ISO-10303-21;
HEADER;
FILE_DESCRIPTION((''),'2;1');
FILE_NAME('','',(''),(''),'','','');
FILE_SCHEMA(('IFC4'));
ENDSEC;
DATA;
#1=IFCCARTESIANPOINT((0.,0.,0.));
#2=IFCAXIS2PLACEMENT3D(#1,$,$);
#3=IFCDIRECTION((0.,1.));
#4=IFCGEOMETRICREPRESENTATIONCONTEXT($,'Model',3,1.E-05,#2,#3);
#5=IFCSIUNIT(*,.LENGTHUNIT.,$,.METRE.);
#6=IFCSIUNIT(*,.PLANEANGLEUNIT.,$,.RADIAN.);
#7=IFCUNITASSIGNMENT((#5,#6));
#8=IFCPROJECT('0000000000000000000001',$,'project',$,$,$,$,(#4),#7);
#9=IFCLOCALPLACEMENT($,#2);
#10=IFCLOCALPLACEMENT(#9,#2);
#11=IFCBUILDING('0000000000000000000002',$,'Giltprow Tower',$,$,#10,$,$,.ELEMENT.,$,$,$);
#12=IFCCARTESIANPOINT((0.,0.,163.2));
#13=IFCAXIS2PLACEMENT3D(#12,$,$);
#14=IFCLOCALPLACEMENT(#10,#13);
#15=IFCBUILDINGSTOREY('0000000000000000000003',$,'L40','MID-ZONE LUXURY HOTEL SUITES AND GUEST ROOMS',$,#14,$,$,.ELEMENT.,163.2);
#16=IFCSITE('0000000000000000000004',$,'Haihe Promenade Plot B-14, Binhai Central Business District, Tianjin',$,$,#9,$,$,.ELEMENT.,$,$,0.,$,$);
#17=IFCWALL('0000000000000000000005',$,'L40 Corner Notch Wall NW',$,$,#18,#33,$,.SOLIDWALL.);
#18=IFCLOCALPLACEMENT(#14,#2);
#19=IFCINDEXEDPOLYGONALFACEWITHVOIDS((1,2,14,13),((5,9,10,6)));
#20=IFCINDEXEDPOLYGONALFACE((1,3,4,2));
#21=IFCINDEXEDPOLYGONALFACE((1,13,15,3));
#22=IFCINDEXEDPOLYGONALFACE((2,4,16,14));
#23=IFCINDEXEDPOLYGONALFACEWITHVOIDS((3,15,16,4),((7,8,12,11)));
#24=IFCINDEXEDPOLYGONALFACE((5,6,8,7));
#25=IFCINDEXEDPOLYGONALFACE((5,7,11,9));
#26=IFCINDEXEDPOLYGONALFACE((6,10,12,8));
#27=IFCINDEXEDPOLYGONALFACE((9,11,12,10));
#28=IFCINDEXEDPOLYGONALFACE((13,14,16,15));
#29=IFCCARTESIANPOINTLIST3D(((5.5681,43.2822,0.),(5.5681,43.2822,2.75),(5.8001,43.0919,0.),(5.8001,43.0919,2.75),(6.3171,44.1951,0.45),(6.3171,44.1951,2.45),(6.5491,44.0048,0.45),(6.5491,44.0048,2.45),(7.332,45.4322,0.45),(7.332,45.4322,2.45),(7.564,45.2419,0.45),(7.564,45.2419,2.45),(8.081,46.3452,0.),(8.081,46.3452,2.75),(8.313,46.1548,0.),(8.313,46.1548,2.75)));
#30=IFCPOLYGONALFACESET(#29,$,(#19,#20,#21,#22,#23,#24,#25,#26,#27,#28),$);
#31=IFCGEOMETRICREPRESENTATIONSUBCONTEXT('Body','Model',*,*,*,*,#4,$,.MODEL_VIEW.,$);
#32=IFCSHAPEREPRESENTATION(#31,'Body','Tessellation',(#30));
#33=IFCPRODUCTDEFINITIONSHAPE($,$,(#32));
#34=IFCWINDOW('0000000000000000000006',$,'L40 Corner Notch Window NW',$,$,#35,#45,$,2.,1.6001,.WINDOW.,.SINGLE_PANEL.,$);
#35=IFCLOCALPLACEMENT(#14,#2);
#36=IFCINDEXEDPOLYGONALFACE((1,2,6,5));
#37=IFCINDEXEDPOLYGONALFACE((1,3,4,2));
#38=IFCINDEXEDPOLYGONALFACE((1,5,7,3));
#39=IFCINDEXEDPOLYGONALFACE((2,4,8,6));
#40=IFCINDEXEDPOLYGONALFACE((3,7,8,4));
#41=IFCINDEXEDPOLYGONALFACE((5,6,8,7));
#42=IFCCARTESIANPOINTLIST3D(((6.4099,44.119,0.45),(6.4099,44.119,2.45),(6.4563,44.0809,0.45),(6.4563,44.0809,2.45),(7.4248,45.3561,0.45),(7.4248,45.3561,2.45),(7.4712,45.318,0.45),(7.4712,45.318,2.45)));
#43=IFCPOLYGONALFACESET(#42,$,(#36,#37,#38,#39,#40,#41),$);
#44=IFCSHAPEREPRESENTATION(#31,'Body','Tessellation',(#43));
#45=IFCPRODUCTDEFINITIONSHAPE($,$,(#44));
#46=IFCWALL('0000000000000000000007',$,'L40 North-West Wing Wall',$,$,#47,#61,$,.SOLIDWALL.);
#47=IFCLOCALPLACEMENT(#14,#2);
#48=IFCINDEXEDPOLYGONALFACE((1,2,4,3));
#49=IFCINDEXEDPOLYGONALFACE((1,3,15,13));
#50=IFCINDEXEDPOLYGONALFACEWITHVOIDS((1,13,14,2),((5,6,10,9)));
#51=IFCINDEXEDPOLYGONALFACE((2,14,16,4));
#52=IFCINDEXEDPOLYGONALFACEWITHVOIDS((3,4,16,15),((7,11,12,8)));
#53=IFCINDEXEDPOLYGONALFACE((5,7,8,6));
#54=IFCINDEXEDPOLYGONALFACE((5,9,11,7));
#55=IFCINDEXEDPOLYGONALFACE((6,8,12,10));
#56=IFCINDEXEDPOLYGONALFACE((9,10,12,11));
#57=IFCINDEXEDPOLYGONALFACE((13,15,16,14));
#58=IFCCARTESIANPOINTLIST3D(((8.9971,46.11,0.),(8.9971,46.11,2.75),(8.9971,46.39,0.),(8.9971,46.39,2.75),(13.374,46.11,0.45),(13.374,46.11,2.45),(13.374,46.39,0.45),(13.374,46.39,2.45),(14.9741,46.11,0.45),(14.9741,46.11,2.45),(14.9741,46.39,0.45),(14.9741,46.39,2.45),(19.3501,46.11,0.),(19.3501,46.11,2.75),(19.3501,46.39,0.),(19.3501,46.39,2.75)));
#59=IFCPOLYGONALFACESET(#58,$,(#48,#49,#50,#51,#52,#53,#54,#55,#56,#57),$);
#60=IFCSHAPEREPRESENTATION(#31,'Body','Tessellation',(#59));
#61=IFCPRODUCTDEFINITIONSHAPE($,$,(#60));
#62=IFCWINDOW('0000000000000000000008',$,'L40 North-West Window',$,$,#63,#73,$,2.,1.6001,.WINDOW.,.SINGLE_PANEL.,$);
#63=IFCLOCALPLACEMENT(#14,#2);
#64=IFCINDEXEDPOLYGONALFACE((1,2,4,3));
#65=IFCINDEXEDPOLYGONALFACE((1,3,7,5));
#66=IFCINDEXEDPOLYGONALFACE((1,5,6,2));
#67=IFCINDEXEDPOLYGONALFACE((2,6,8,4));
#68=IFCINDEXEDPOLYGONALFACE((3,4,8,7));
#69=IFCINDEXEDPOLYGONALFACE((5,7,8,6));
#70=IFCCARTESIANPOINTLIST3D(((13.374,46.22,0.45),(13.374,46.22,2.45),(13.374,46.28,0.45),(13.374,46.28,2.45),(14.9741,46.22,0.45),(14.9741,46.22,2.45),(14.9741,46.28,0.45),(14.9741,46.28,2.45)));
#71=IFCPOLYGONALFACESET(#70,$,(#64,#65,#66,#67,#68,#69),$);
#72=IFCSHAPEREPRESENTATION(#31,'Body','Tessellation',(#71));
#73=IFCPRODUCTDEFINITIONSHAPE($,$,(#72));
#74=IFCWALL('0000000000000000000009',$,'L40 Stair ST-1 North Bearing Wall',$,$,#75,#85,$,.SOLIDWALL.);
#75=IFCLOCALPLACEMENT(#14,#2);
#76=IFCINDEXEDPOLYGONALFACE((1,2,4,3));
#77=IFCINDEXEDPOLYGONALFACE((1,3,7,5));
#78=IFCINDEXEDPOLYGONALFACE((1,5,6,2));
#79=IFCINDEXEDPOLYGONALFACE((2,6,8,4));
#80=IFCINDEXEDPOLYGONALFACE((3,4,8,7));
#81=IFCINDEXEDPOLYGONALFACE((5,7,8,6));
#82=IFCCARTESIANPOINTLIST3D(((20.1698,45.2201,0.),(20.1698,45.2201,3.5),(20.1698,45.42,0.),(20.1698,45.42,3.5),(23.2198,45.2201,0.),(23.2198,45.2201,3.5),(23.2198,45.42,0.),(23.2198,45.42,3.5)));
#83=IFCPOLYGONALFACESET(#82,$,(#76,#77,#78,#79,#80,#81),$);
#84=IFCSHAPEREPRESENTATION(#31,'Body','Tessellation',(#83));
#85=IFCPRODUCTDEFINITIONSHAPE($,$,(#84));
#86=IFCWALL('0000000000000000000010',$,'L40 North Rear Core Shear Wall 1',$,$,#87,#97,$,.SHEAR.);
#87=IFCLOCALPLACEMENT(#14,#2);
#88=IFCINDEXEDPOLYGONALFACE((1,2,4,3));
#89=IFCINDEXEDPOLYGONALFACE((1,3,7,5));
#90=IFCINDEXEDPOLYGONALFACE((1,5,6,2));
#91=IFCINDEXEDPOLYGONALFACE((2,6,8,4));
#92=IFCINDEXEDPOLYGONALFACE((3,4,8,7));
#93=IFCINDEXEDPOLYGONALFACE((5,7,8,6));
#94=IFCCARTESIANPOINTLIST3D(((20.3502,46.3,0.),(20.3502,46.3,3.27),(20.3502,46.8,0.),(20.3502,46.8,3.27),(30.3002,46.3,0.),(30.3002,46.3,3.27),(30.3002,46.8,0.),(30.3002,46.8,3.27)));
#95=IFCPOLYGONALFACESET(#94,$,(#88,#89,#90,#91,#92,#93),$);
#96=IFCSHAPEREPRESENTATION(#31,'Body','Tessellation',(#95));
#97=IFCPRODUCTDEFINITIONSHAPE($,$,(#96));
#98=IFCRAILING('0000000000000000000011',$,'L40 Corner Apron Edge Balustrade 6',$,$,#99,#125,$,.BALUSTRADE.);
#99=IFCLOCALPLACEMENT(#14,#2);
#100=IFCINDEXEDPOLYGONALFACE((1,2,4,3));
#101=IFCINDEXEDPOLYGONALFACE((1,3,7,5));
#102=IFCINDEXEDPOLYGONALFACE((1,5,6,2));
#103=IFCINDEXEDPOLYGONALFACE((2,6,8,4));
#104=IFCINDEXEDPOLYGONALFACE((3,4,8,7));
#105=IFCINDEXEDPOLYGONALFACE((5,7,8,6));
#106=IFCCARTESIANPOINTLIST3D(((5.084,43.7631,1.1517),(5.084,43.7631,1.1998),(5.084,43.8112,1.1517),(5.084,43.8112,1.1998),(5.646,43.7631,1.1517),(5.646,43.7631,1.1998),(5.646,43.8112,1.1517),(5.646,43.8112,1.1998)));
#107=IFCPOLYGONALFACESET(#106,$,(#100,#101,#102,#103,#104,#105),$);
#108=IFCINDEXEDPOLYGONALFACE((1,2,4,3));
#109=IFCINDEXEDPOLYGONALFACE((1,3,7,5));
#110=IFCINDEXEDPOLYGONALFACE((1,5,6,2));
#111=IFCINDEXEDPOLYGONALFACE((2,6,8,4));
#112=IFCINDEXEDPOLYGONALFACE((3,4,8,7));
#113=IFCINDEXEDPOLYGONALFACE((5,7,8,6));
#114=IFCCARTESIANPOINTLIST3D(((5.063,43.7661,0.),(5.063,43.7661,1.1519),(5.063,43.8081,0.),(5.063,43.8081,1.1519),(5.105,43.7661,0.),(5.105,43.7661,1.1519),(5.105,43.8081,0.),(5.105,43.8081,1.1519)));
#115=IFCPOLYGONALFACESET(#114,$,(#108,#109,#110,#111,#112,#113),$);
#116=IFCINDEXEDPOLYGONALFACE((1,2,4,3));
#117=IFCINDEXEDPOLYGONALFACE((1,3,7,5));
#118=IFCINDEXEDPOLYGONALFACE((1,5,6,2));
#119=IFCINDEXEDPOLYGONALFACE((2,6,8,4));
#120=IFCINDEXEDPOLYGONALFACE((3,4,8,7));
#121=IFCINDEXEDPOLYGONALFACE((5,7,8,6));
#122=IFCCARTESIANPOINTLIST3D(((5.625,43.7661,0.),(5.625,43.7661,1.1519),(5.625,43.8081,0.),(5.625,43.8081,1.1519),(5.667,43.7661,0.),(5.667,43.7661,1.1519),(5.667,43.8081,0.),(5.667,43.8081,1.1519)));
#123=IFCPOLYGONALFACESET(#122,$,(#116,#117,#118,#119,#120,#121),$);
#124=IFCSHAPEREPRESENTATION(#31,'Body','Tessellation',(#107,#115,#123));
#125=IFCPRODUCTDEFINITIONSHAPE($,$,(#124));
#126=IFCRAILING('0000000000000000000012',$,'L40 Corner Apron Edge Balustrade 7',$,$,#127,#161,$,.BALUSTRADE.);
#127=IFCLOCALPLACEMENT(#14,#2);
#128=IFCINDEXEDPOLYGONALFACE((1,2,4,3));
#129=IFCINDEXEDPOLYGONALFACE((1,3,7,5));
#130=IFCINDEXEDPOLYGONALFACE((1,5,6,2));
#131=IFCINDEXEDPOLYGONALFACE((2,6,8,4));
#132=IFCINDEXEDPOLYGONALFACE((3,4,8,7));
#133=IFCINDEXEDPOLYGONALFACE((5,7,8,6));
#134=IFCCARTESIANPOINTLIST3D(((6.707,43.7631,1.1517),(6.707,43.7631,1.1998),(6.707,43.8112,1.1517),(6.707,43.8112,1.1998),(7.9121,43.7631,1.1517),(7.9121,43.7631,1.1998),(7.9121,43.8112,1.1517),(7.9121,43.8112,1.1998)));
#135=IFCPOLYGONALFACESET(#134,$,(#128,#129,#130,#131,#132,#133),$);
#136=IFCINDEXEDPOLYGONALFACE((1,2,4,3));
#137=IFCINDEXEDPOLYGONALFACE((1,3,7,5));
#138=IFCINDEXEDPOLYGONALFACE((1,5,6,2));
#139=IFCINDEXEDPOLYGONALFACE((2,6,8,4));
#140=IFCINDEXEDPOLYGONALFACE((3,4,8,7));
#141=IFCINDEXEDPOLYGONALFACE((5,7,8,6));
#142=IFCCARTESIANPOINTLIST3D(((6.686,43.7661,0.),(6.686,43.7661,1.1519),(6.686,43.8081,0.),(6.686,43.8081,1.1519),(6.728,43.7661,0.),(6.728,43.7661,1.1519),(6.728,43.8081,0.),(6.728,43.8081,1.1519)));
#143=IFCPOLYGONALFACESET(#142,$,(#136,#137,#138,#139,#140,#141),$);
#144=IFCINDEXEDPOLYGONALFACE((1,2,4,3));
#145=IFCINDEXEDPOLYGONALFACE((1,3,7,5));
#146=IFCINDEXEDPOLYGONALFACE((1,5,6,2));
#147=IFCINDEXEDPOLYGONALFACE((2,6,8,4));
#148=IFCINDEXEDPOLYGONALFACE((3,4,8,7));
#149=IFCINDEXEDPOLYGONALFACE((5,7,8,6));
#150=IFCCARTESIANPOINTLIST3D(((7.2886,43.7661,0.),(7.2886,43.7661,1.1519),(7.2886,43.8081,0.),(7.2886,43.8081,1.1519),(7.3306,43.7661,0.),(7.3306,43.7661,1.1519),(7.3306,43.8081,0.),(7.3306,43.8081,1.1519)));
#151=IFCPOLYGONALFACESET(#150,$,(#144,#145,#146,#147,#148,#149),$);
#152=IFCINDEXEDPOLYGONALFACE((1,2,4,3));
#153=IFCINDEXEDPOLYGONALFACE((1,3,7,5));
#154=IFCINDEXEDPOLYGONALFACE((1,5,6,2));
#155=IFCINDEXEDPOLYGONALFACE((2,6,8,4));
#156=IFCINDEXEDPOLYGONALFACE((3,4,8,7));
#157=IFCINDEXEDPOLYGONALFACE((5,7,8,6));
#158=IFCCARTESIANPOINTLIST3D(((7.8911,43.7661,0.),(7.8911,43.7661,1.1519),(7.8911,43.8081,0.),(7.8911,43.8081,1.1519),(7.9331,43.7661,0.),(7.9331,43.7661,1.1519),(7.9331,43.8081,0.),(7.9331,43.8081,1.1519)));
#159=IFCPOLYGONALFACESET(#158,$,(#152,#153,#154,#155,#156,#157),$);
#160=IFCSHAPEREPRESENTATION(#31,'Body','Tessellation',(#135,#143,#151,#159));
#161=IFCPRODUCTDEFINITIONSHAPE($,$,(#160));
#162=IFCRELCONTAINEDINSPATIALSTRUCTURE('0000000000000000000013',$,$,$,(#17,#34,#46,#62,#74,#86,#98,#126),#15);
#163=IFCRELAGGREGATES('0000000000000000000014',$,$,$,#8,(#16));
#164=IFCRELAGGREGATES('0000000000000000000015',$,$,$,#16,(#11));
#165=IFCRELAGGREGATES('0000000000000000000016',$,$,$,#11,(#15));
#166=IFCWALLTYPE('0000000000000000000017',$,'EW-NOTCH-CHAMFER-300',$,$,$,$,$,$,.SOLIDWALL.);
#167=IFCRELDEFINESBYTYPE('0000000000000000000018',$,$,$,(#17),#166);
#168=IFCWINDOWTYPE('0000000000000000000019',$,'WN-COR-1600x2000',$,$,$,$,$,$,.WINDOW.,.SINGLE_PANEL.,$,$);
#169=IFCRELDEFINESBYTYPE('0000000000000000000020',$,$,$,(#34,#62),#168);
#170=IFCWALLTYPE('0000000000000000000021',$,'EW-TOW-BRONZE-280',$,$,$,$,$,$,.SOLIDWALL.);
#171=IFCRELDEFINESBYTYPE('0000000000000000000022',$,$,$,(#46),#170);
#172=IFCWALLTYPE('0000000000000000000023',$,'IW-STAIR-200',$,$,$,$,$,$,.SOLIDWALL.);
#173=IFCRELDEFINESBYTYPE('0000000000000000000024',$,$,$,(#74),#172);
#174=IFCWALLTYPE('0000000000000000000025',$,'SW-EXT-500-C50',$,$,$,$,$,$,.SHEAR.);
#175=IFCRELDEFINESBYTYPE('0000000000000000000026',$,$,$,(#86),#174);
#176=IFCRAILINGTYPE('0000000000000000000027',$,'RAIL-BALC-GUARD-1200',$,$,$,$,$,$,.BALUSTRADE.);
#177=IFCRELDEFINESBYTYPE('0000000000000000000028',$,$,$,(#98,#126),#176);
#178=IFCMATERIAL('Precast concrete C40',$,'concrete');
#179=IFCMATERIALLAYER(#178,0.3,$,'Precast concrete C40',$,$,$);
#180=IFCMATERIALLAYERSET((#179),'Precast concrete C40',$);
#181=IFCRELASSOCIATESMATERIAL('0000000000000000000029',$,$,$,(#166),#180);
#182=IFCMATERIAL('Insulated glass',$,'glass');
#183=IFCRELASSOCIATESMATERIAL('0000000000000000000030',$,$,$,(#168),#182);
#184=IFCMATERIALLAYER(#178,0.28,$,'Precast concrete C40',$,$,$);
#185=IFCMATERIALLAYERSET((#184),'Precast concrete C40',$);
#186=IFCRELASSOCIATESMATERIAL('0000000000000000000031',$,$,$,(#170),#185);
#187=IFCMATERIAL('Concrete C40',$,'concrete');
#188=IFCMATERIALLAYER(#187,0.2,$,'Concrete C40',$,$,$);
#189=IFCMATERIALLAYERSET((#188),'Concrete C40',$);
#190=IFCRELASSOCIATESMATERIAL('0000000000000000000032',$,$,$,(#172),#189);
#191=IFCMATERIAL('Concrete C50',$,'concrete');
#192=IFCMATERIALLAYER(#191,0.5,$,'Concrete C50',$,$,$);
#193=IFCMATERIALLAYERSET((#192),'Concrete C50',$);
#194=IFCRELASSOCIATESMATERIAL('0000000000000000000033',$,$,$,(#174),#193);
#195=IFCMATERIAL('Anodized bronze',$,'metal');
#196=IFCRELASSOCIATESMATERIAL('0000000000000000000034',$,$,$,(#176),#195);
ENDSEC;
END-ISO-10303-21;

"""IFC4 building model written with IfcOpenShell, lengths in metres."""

from ifc_helpers import new_model, si_unit, direction, frame, frame_2d, origin, origin_2d, place, context, subcontext, project, spatial, rectangle, extrude, source, transform, mapped, material, layer, layer_set, type_object, element, fill, save


model = new_model("IFC4")

# Units and contexts
model_context = context("Model", 3, precision=1e-05, world=origin(), true_north=direction((0.0, 1.0)))
body_context = subcontext(model_context, "Body", "Model", "MODEL_VIEW")
ifc_project = project(units=[si_unit("LENGTHUNIT", "METRE"), si_unit("PLANEANGLEUNIT", "RADIAN")], contexts=[model_context])

# Site, building, storey
site_placement = place(None, origin())
site = spatial("IfcSite", under=ifc_project, at=site_placement, Name="Haihe Promenade Plot B-14, Binhai Central Business District, Tianjin", CompositionType="ELEMENT", RefElevation=0.0)
building_placement = place(site_placement, origin())
building = spatial("IfcBuilding", under=site, at=building_placement, Name="Giltprow Tower", CompositionType="ELEMENT")
storey_placement = place(building_placement, frame((0.0, 0.0, 163.2)))
storey = spatial("IfcBuildingStorey", under=building, at=storey_placement, Name="L40", Description="MID-ZONE LUXURY HOTEL SUITES AND GUEST ROOMS", CompositionType="ELEMENT", Elevation=163.2)

# Shared definitions
ifc_material_1 = material(Name="Concrete C50", Category="concrete")

# Walls, openings, windows
ifc_material_2 = material(Name="Precast concrete C40", Category="concrete")
ifc_layer_1 = layer(ifc_material_2, 0.3, Name="Precast concrete C40")
ifc_layer_set_1 = layer_set([ifc_layer_1], Name="Precast concrete C40")
wall_type_1 = type_object("IfcWallType", Name="EW-NOTCH-CHAMFER-300", PredefinedType="SOLIDWALL", material=ifc_layer_set_1)
wall_1_placement = place(storey_placement, frame((8.197, 46.25, 0.0), z_axis=(0.0, 0.0, 1.0), x_axis=(-0.634274, -0.773108, 0.0)))
wall_1 = element("IfcWall", 1, at=wall_1_placement, inside=storey, type_object=wall_type_1, Name="L40 Corner Notch Wall NW", PredefinedType="SOLIDWALL", context=body_context, shape_type="SweptSolid", body=[
    extrude(rectangle(XDim=3.9619, YDim=0.3, at=frame_2d((1.981, 0.0))), origin(), (0.0, 0.0, 1.0), 2.75),
])
opening_1_placement = place(wall_1_placement, frame((1.1809, 0.0, 0.45)))
opening_1 = element("IfcOpeningElement", 2, at=opening_1_placement, cuts=wall_1, PredefinedType="OPENING", context=body_context, shape_type="SweptSolid", body=[
    extrude(rectangle(XDim=1.6001, YDim=2.0, at=frame_2d((0.8, 1.0))), frame((0.0, 0.1599, 0.0), z_axis=(0.0, -1.0, 0.0), x_axis=(1.0, 0.0, 0.0)), (0.0, 0.0, 1.0), 0.3201),
])
ifc_material_3 = material(Name="Insulated glass", Category="glass")
window_type = type_object("IfcWindowType", Name="WN-COR-1600x2000", PartitioningType="SINGLE_PANEL", PredefinedType="WINDOW", material=ifc_material_3)
shared_shape_1 = source(origin(), body_context, "Body", "SweptSolid", [
    extrude(rectangle(XDim=1.6001, YDim=2.0, at=frame_2d((0.8, 1.0))), frame((0.0, 0.03, 0.0), z_axis=(0.0, -1.0, 0.0), x_axis=(1.0, 0.0, 0.0)), (0.0, 0.0, 1.0), 0.0601),
])
window_1_placement = place(opening_1_placement, origin())
window_1 = element("IfcWindow", 3, at=window_1_placement, inside=storey, type_object=window_type, Name="L40 Corner Notch Window NW", OverallHeight=2.0, OverallWidth=1.6001, PartitioningType="SINGLE_PANEL", PredefinedType="WINDOW", context=body_context, shape_type="MappedRepresentation", body=[
    mapped(shared_shape_1, transform((0.0, 0.0, 0.0), x_axis=(1.0, 0.0, 0.0), y_axis=(0.0, 1.0, 0.0), z_axis=(0.0, 0.0, 1.0), scale=1.0)),
])
fill(opening_1, window_1)
ifc_layer_2 = layer(ifc_material_2, 0.28, Name="Precast concrete C40")
ifc_layer_set_2 = layer_set([ifc_layer_2], Name="Precast concrete C40")
wall_type_2 = type_object("IfcWallType", Name="EW-TOW-BRONZE-280", PredefinedType="SOLIDWALL", material=ifc_layer_set_2)
wall_2_placement = place(storey_placement, frame((8.9971, 46.25, 0.0), z_axis=(0.0, 0.0, 1.0), x_axis=(1.0, 0.0, 0.0)))
wall_2 = element("IfcWall", 4, at=wall_2_placement, inside=storey, type_object=wall_type_2, Name="L40 North-West Wing Wall", PredefinedType="SOLIDWALL", context=body_context, shape_type="SweptSolid", body=[
    extrude(rectangle(XDim=10.353, YDim=0.28, at=frame_2d((5.1765, 0.0))), origin(), (0.0, 0.0, 1.0), 2.75),
])
opening_2_placement = place(wall_2_placement, frame((4.377, 0.0, 0.45)))
opening_2 = element("IfcOpeningElement", 5, at=opening_2_placement, cuts=wall_2, PredefinedType="OPENING", context=body_context, shape_type="SweptSolid", body=[
    extrude(rectangle(XDim=1.6001, YDim=2.0, at=frame_2d((0.8, 1.0))), frame((0.0, 0.1499, 0.0), z_axis=(0.0, -1.0, 0.0), x_axis=(1.0, 0.0, 0.0)), (0.0, 0.0, 1.0), 0.3),
])
window_2_placement = place(opening_2_placement, origin())
window_2 = element("IfcWindow", 6, at=window_2_placement, inside=storey, type_object=window_type, Name="L40 North-West Window", OverallHeight=2.0, OverallWidth=1.6001, PartitioningType="SINGLE_PANEL", PredefinedType="WINDOW", context=body_context, shape_type="MappedRepresentation", body=[
    mapped(shared_shape_1, transform((0.0, 0.0, 0.0), x_axis=(1.0, 0.0, 0.0), y_axis=(0.0, 1.0, 0.0), z_axis=(0.0, 0.0, 1.0), scale=1.0)),
])
fill(opening_2, window_2)

# Walls
ifc_material_4 = material(Name="Concrete C40", Category="concrete")
ifc_layer_3 = layer(ifc_material_4, 0.2, Name="Concrete C40")
ifc_layer_set_3 = layer_set([ifc_layer_3], Name="Concrete C40")
wall_type_3 = type_object("IfcWallType", Name="IW-STAIR-200", PredefinedType="SOLIDWALL", material=ifc_layer_set_3)
wall_3_placement = place(storey_placement, frame((20.1699, 45.3201, 0.0), z_axis=(0.0, 0.0, 1.0), x_axis=(1.0, 0.0, 0.0)))
element("IfcWall", 7, at=wall_3_placement, inside=storey, type_object=wall_type_3, Name="L40 Stair ST-1 North Bearing Wall", PredefinedType="SOLIDWALL", context=body_context, shape_type="SweptSolid", body=[
    extrude(rectangle(XDim=3.05, YDim=0.2, at=frame_2d((1.5249, 0.0))), origin(), (0.0, 0.0, 1.0), 3.5),
])
ifc_layer_4 = layer(ifc_material_1, 0.5, Name="Concrete C50")
ifc_layer_set_4 = layer_set([ifc_layer_4], Name="Concrete C50")
wall_type_4 = type_object("IfcWallType", Name="SW-EXT-500-C50", PredefinedType="SHEAR", material=ifc_layer_set_4)
wall_4_placement = place(storey_placement, frame((20.3501, 46.55, 0.0), z_axis=(0.0, 0.0, 1.0), x_axis=(1.0, 0.0, 0.0)))
element("IfcWall", 8, at=wall_4_placement, inside=storey, type_object=wall_type_4, Name="L40 North Rear Core Shear Wall 1", PredefinedType="SHEAR", context=body_context, shape_type="SweptSolid", body=[
    extrude(rectangle(XDim=9.95, YDim=0.5, at=frame_2d((4.9751, 0.0))), origin(), (0.0, 0.0, 1.0), 3.27),
])

# Railings
ifc_material_5 = material(Name="Anodized bronze", Category="metal")
railing_type_1 = type_object("IfcRailingType", Name="RAIL-BALC-GUARD-1200", PredefinedType="BALUSTRADE", material=ifc_material_5)
railing_1_placement = place(storey_placement, frame((5.084, 43.7871, 0.0)))
element("IfcRailing", 9, at=railing_1_placement, inside=storey, type_object=railing_type_1, Name="L40 Corner Apron Edge Balustrade 6", PredefinedType="BALUSTRADE", context=body_context, shape_type="SweptSolid", body=[
    extrude(rectangle(XDim=0.0481, YDim=0.0481, at=origin_2d()), frame((0.0, 0.0, 1.1758), z_axis=(1.0, 0.0, 0.0), x_axis=(0.0, 1.0, 0.0)), (0.0, 0.0, 1.0), 0.562),
    extrude(rectangle(XDim=0.042, YDim=0.042, at=origin_2d()), origin(), (0.0, 0.0, 1.0), 1.1519),
    extrude(rectangle(XDim=0.042, YDim=0.042, at=origin_2d()), frame((0.562, 0.0, 0.0)), (0.0, 0.0, 1.0), 1.1519),
])
railing_2_placement = place(storey_placement, frame((6.707, 43.7871, 0.0)))
element("IfcRailing", 10, at=railing_2_placement, inside=storey, type_object=railing_type_1, Name="L40 Corner Apron Edge Balustrade 7", PredefinedType="BALUSTRADE", context=body_context, shape_type="SweptSolid", body=[
    extrude(rectangle(XDim=0.0481, YDim=0.0481, at=origin_2d()), frame((0.0, 0.0, 1.1758), z_axis=(1.0, 0.0, 0.0), x_axis=(0.0, 1.0, 0.0)), (0.0, 0.0, 1.0), 1.2051),
    extrude(rectangle(XDim=0.042, YDim=0.042, at=origin_2d()), origin(), (0.0, 0.0, 1.0), 1.1519),
    extrude(rectangle(XDim=0.042, YDim=0.042, at=origin_2d()), frame((0.6025, 0.0, 0.0)), (0.0, 0.0, 1.0), 1.1519),
    extrude(rectangle(XDim=0.042, YDim=0.042, at=origin_2d()), frame((1.2051, 0.0, 0.0)), (0.0, 0.0, 1.0), 1.1519),
])

save(model, "model.ifc")
